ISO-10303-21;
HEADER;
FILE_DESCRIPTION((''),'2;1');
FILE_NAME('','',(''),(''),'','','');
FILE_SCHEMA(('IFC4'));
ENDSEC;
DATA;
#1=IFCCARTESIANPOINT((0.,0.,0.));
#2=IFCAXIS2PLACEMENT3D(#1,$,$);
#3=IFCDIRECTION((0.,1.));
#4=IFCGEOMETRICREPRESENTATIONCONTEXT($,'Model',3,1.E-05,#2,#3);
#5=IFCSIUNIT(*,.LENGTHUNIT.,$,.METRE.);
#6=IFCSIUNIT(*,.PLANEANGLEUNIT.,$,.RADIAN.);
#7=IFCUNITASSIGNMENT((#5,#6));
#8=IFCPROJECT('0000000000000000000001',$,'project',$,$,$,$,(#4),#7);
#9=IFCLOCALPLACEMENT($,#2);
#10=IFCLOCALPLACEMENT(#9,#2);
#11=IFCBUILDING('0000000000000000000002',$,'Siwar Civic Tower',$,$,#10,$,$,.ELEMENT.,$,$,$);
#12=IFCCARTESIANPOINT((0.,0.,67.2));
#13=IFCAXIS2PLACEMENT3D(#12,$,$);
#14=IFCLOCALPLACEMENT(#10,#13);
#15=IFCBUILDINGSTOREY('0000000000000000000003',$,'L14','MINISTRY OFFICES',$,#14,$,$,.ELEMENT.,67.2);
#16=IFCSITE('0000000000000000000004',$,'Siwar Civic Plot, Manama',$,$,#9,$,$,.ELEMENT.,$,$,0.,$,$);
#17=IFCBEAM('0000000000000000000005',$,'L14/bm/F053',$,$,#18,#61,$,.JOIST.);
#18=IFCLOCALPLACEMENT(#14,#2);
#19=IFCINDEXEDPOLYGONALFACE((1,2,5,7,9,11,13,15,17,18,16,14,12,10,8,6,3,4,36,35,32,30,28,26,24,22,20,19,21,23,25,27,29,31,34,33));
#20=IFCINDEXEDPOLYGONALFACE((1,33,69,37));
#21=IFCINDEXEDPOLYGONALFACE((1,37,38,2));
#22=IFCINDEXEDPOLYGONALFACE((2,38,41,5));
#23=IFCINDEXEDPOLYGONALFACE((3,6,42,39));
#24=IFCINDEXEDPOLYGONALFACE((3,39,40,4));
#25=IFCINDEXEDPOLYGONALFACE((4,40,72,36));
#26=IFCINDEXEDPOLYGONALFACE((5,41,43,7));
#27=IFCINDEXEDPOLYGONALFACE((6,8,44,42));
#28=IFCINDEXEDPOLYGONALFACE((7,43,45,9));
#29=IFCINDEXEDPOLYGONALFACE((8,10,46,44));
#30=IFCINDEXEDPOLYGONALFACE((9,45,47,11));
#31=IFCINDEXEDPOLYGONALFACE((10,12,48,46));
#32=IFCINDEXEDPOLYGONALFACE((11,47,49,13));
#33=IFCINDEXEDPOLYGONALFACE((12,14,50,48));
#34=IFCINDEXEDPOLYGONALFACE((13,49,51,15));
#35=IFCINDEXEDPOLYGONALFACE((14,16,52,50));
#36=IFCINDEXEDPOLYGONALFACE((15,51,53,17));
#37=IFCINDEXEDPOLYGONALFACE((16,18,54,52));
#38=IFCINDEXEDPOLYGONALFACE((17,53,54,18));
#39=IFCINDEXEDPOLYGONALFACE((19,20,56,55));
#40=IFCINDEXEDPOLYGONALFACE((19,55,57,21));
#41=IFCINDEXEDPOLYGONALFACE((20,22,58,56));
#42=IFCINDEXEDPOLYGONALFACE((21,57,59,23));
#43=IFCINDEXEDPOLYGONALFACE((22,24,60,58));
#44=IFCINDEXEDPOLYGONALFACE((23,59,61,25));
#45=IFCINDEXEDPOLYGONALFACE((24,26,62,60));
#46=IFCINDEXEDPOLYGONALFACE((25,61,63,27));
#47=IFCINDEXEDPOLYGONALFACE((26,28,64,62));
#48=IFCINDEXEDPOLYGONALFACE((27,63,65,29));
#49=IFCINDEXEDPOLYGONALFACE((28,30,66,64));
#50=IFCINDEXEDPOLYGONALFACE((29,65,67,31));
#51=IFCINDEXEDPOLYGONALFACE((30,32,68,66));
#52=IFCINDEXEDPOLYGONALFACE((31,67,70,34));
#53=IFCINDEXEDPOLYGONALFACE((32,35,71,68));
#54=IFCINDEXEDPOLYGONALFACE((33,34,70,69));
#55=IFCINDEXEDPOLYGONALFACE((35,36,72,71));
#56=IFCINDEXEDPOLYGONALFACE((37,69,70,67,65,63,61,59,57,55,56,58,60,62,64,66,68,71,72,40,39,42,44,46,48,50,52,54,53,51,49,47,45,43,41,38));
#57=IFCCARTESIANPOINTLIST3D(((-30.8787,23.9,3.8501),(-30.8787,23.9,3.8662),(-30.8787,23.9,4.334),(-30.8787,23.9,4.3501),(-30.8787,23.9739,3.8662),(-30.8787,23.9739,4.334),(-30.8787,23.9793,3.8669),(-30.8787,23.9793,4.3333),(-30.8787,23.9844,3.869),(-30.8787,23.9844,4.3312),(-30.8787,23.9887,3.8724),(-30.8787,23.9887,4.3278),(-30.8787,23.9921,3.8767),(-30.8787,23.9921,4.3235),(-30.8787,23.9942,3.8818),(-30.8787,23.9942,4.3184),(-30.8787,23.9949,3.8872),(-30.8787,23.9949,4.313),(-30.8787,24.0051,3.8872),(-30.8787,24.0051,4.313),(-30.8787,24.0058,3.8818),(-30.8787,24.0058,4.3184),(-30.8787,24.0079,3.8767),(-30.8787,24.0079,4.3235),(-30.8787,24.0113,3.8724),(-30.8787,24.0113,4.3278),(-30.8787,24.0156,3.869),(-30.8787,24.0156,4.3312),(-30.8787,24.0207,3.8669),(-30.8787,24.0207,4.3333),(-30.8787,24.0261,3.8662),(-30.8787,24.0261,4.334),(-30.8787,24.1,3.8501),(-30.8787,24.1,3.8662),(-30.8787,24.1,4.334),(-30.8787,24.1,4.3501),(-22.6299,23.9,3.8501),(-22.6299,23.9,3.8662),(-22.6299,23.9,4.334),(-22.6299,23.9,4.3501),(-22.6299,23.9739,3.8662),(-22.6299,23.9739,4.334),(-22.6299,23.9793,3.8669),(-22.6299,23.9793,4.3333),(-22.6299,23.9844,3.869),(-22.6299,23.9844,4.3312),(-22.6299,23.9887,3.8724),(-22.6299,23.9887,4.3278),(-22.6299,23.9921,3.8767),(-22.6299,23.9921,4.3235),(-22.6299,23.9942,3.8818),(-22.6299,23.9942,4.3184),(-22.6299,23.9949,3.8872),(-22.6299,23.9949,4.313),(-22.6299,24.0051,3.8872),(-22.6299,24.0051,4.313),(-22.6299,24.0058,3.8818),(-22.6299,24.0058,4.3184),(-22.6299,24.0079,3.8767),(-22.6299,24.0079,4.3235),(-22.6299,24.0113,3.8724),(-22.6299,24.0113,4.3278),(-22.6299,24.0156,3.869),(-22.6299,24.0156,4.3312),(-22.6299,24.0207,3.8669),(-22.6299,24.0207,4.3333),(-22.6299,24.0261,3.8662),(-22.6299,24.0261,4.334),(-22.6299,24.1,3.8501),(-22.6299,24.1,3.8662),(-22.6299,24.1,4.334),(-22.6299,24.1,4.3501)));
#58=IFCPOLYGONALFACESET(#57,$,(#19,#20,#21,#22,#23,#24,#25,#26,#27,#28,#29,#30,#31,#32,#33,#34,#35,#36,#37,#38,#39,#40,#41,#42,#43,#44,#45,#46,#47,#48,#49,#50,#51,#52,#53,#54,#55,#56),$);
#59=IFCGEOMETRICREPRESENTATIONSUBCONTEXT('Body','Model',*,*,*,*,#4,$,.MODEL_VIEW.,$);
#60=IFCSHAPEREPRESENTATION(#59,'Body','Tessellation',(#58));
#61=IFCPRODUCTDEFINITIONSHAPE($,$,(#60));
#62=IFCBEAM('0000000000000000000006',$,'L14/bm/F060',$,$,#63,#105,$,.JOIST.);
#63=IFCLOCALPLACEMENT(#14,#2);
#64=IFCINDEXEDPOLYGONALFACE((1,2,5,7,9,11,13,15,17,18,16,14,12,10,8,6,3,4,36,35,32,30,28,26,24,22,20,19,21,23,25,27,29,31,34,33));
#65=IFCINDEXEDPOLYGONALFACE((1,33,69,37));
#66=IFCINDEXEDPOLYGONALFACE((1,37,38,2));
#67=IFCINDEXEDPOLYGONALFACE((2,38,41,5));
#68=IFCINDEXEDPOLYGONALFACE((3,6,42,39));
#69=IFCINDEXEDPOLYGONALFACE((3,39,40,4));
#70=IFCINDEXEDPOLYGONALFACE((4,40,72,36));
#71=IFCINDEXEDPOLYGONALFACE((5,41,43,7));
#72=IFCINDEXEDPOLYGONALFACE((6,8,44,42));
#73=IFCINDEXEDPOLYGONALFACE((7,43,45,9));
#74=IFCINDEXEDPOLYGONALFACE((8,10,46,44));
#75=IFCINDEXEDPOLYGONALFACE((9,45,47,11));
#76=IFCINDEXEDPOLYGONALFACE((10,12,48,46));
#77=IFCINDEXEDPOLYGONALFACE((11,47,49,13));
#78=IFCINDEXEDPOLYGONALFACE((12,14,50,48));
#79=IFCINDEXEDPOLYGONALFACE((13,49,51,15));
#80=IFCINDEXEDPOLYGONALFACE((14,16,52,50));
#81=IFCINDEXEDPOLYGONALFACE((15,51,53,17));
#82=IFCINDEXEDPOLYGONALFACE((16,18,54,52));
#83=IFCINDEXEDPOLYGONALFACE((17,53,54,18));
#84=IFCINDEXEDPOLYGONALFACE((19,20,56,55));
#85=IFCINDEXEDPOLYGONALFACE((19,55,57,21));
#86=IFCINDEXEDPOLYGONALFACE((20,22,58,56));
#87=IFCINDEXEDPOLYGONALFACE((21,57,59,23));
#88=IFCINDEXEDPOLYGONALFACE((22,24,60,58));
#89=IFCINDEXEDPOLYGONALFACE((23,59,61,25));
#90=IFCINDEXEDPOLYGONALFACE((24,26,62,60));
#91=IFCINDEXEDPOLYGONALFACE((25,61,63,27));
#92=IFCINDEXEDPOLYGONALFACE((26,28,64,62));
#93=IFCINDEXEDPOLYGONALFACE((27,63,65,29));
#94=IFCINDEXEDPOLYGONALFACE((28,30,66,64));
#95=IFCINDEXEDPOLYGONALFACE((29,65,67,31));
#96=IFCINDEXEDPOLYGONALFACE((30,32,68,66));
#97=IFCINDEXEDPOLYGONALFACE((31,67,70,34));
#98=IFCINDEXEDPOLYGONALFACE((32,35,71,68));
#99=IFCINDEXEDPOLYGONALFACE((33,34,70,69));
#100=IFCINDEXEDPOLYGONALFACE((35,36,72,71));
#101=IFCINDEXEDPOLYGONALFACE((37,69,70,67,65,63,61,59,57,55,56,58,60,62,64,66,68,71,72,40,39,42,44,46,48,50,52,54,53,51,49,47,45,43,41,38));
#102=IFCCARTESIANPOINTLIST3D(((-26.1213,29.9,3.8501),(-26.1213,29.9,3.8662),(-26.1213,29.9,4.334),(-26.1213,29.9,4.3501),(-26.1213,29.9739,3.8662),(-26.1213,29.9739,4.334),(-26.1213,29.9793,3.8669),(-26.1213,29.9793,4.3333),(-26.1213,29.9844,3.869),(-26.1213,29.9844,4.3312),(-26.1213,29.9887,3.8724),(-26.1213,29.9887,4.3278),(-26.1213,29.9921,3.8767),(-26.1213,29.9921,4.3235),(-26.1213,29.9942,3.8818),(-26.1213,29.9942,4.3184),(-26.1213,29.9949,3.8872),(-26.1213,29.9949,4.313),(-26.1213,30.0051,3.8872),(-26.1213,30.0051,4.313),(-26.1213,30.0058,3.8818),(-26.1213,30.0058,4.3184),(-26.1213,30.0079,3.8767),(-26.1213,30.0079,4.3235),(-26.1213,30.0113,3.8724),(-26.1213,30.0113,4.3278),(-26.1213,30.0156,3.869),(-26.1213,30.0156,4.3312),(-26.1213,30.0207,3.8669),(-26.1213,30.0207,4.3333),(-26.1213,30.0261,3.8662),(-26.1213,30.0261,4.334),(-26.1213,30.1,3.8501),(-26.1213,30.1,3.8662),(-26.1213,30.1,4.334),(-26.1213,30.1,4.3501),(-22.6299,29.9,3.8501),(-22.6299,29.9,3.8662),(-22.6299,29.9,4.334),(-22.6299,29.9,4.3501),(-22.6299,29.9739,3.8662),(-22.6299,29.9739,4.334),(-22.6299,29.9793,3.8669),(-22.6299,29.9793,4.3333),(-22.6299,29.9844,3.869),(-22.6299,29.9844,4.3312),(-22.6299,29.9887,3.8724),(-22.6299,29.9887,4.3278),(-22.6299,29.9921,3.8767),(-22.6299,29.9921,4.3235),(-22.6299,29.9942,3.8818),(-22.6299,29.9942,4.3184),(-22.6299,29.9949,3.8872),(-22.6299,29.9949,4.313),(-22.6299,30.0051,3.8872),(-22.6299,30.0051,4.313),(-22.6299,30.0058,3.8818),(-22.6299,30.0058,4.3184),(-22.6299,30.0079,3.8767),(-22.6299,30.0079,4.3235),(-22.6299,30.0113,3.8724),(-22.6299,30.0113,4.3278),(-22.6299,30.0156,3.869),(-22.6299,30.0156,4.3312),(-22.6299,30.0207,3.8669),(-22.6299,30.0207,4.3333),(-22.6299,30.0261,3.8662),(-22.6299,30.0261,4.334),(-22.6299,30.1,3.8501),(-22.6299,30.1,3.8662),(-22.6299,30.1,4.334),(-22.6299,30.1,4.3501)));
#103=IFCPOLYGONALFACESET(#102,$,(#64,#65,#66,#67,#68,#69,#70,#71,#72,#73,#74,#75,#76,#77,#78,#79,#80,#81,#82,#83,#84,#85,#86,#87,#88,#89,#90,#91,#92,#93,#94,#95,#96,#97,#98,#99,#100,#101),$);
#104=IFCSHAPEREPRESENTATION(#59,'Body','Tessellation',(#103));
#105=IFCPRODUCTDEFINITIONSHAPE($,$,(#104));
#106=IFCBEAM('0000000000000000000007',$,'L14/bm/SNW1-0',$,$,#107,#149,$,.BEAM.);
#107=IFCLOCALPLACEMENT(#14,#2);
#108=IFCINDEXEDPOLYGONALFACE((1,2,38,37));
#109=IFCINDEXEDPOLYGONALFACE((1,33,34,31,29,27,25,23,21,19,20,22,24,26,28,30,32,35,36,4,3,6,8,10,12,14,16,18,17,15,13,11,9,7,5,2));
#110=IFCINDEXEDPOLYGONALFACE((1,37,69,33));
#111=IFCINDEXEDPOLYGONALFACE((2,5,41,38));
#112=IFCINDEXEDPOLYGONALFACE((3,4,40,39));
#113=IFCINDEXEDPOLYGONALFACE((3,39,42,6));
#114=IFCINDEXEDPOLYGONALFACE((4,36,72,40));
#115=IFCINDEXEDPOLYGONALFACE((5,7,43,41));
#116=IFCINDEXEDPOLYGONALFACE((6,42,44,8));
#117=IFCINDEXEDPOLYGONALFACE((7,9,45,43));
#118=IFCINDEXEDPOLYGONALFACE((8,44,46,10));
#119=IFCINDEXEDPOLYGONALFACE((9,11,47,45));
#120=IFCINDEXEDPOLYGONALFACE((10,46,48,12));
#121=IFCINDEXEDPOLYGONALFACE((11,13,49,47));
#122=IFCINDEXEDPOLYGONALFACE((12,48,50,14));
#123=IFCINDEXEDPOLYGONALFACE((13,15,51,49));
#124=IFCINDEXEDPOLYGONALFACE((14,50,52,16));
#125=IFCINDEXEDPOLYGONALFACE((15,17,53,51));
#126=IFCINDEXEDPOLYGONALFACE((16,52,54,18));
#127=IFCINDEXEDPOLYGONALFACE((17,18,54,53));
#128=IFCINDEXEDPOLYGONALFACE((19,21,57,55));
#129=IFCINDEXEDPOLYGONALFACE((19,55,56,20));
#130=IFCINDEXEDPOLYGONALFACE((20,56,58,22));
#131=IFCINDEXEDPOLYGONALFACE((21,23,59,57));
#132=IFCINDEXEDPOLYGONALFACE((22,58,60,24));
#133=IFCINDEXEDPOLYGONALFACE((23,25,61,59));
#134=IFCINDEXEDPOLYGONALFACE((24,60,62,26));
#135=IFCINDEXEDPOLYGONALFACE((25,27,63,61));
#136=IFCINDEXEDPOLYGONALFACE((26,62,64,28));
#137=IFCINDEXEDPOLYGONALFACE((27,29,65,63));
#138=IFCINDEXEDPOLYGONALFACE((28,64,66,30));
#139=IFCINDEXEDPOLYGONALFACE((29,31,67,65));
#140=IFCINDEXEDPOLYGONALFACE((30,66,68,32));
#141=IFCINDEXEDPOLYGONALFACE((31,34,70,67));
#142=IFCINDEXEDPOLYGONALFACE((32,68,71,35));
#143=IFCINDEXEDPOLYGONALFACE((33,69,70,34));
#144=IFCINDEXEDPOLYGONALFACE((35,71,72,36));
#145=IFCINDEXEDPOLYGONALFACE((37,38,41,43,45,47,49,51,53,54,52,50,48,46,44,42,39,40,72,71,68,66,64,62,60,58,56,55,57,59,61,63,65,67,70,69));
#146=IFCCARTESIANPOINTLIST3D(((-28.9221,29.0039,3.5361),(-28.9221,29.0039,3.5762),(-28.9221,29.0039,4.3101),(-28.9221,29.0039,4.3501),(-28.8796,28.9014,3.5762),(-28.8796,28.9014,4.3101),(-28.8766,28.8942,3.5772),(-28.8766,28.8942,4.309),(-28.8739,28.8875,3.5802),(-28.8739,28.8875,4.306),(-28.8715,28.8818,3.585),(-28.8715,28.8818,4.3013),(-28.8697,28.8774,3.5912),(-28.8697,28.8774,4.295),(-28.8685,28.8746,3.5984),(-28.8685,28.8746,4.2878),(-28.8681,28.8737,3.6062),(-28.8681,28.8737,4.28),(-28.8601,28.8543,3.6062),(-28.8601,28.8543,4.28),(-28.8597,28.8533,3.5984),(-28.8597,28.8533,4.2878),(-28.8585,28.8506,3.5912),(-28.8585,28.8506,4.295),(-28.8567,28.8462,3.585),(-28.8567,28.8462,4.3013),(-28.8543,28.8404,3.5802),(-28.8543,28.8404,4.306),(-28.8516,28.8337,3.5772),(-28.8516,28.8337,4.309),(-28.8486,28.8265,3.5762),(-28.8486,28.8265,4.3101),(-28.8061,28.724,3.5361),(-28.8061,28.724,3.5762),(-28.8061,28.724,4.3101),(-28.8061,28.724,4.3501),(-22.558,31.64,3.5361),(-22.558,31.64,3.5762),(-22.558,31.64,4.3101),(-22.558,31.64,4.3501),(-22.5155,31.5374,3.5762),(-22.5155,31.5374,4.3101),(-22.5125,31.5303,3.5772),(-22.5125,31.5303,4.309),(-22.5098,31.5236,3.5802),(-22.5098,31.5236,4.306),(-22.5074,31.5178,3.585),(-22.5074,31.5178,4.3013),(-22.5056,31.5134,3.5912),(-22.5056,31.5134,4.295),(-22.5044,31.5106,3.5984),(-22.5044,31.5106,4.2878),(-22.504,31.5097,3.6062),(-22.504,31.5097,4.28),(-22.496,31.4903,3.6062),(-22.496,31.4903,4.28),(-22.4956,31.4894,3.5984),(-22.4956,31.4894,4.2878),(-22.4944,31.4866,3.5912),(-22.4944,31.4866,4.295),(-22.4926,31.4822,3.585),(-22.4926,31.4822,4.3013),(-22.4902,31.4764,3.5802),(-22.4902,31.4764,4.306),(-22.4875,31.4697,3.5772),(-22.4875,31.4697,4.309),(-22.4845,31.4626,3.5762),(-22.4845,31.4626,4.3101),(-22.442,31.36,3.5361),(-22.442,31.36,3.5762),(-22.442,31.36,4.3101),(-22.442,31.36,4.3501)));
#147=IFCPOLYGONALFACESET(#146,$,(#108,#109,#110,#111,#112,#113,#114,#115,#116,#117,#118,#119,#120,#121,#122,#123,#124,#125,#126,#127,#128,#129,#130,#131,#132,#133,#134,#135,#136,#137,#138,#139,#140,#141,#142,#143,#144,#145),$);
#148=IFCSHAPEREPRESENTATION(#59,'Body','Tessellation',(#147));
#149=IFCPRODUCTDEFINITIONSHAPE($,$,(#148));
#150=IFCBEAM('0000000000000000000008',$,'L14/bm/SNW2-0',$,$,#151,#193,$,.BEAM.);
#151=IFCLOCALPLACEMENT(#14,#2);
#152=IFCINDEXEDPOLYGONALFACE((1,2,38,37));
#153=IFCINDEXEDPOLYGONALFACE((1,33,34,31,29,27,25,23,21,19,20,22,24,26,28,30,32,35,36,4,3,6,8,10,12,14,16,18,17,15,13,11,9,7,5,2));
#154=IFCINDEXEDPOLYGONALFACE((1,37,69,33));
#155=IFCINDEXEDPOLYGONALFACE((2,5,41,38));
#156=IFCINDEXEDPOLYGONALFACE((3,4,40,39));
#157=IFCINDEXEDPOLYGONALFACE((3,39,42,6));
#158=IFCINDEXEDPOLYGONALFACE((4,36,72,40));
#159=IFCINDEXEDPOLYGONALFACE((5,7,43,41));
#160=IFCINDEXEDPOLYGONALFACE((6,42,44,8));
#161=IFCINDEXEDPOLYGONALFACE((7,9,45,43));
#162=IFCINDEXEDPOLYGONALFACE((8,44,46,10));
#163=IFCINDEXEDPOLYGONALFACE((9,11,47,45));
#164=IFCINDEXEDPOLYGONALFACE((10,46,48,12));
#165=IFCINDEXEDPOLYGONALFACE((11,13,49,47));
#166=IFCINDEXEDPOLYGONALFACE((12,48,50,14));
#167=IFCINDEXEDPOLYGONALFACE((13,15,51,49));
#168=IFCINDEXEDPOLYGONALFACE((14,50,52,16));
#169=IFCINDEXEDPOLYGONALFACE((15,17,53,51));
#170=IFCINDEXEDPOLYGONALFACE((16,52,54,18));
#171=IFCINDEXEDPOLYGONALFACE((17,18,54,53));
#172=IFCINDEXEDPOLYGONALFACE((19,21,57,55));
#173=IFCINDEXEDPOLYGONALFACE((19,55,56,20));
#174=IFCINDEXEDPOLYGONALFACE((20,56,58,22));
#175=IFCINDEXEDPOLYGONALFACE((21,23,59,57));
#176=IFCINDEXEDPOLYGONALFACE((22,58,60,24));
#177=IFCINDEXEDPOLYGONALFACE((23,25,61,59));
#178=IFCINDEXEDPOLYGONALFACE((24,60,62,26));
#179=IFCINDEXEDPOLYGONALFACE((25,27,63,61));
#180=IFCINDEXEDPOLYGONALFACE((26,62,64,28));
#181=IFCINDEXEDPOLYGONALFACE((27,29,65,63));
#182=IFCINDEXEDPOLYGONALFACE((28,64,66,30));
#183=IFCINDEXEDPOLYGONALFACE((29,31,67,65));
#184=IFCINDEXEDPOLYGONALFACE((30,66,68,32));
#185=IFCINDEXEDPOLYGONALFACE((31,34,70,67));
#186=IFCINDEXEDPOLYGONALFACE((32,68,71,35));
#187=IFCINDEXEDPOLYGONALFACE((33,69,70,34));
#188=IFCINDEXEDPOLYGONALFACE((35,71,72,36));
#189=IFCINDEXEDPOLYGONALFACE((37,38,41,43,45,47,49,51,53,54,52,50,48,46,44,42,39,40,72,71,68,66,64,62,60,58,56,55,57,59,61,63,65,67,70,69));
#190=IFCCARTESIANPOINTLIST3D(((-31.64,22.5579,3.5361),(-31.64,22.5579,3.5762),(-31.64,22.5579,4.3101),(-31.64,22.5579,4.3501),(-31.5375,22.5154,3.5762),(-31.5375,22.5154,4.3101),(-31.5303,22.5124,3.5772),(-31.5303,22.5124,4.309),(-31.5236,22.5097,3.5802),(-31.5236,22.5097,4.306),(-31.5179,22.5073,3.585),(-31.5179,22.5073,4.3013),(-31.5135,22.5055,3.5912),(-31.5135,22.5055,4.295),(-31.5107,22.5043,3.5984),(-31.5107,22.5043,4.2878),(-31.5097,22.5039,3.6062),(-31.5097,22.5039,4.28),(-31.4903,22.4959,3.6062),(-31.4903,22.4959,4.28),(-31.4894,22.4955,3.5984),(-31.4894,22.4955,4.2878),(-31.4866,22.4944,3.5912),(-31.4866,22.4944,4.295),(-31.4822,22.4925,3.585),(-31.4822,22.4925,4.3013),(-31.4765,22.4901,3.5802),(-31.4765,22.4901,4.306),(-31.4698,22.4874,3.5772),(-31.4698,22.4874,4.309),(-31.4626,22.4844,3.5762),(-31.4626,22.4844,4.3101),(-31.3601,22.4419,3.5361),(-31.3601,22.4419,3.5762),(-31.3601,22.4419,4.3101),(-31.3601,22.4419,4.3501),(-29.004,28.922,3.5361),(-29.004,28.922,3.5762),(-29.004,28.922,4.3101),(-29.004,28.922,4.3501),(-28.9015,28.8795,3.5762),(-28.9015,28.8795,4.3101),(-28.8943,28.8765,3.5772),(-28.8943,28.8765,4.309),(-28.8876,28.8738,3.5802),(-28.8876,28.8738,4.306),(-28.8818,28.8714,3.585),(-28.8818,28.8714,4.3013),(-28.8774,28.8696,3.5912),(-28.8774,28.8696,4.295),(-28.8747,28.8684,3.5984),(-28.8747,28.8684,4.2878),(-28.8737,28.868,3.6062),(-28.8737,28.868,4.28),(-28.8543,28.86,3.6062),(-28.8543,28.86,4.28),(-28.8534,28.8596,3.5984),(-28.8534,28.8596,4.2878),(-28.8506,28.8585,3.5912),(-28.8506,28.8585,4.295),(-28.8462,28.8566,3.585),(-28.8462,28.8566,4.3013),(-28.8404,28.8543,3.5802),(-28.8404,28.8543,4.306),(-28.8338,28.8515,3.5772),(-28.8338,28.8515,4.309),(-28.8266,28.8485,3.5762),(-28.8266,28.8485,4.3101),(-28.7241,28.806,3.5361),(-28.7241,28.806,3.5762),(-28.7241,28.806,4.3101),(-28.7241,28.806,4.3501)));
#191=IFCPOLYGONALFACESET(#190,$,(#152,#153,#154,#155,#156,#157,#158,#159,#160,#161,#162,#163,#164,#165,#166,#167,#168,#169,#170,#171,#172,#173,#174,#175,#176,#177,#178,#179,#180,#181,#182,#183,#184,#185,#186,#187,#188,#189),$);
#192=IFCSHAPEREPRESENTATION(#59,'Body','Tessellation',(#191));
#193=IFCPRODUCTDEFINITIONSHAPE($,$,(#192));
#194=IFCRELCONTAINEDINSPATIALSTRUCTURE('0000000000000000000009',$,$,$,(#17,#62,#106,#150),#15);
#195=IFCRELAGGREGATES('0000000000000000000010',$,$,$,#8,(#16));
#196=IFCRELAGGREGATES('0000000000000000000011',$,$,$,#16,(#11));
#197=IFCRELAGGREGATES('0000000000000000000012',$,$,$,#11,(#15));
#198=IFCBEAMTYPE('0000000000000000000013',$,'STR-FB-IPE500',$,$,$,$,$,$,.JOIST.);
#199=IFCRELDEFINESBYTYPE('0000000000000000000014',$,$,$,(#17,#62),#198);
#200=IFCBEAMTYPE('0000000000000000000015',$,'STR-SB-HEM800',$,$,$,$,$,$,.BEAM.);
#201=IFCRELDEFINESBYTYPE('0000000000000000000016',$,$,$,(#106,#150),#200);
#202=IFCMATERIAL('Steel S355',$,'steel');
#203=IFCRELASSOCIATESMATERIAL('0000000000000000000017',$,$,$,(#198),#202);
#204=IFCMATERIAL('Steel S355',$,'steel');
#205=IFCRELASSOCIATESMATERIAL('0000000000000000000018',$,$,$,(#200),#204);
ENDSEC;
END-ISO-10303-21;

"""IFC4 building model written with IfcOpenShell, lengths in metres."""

from ifc_helpers import new_model, si_unit, direction, frame, origin, origin_2d, place, context, subcontext, project, spatial, i_section, extrude, material, material_profile, profile_set, type_object, element, save


model = new_model("IFC4")

# Units and contexts
model_context = context("Model", 3, precision=1e-05, world=origin(), true_north=direction((0.0, 1.0)))
body_context = subcontext(model_context, "Body", "Model", "MODEL_VIEW")
ifc_project = project(units=[si_unit("LENGTHUNIT", "METRE"), si_unit("PLANEANGLEUNIT", "RADIAN")], contexts=[model_context])

# Site, building, storey
site_placement = place(None, origin())
site = spatial("IfcSite", under=ifc_project, at=site_placement, Name="Siwar Civic Plot, Manama", CompositionType="ELEMENT", RefElevation=0.0)
building_placement = place(site_placement, origin())
building = spatial("IfcBuilding", under=site, at=building_placement, Name="Siwar Civic Tower", CompositionType="ELEMENT")
storey_placement = place(building_placement, frame((0.0, 0.0, 67.2)))
storey = spatial("IfcBuildingStorey", under=building, at=storey_placement, Name="L14", Description="MINISTRY OFFICES", CompositionType="ELEMENT", Elevation=67.2)

# Beams
ifc_material_1 = material(Name="Steel S355", Category="steel")
ifc_material_profile_1 = material_profile(ifc_material_1, i_section(OverallWidth=0.2, OverallDepth=0.5, WebThickness=0.0103, FlangeThickness=0.0161, FilletRadius=0.021, at=origin_2d()), Name="IPE500")
ifc_profile_set_1 = profile_set([ifc_material_profile_1], Name="Steel S355")
beam_type_1 = type_object("IfcBeamType", Name="STR-FB-IPE500", PredefinedType="JOIST", material=ifc_profile_set_1)
beam_1_placement = place(storey_placement, frame((-30.8787, 24.0, 4.1001), z_axis=(1.0, 0.0, 0.0), x_axis=(0.0, 1.0, 0.0)))
element("IfcBeam", 1, at=beam_1_placement, inside=storey, type_object=beam_type_1, Name="L14/bm/F053", PredefinedType="JOIST", context=body_context, shape_type="SweptSolid", body=[
    extrude(i_section(OverallWidth=0.2, OverallDepth=0.5, WebThickness=0.0103, FlangeThickness=0.0161, FilletRadius=0.021, at=origin_2d()), origin(), (0.0, 0.0, 1.0), 8.2488),
])
beam_2_placement = place(storey_placement, frame((-26.1213, 30.0, 4.1001), z_axis=(1.0, 0.0, 0.0), x_axis=(0.0, 1.0, 0.0)))
element("IfcBeam", 2, at=beam_2_placement, inside=storey, type_object=beam_type_1, Name="L14/bm/F060", PredefinedType="JOIST", context=body_context, shape_type="SweptSolid", body=[
    extrude(i_section(OverallWidth=0.2, OverallDepth=0.5, WebThickness=0.0103, FlangeThickness=0.0161, FilletRadius=0.021, at=origin_2d()), origin(), (0.0, 0.0, 1.0), 3.4915),
])
ifc_material_2 = material(Name="Steel S355", Category="steel")
ifc_material_profile_2 = material_profile(ifc_material_2, i_section(OverallWidth=0.303, OverallDepth=0.814, WebThickness=0.021, FlangeThickness=0.04, FilletRadius=0.03, at=origin_2d()), Name="HEM800")
ifc_profile_set_2 = profile_set([ifc_material_profile_2], Name="Steel S355")
beam_type_2 = type_object("IfcBeamType", Name="STR-SB-HEM800", PredefinedType="BEAM", material=ifc_profile_set_2)
for number, where, z_axis, x_axis, name in (
    (3, (-22.5, 31.5, 3.9431), (-0.923883, -0.382674, 0.0), (0.382674, -0.923883, 0.0), "L14/bm/SNW1-0"),
    (4, (-28.864, 28.864, 3.9431), (-0.382674, -0.923883, 0.0), (0.923883, -0.382674, 0.0), "L14/bm/SNW2-0"),
):
    element("IfcBeam", number, at=place(storey_placement, frame(where, z_axis=z_axis, x_axis=x_axis)), inside=storey, type_object=beam_type_2, Name=name, PredefinedType="BEAM", context=body_context, shape_type="SweptSolid", body=[
        extrude(i_section(OverallWidth=0.303, OverallDepth=0.814, WebThickness=0.021, FlangeThickness=0.04, FilletRadius=0.03, at=origin_2d()), origin(), (0.0, 0.0, 1.0), 6.8884),
    ])

save(model, "model.ifc")
